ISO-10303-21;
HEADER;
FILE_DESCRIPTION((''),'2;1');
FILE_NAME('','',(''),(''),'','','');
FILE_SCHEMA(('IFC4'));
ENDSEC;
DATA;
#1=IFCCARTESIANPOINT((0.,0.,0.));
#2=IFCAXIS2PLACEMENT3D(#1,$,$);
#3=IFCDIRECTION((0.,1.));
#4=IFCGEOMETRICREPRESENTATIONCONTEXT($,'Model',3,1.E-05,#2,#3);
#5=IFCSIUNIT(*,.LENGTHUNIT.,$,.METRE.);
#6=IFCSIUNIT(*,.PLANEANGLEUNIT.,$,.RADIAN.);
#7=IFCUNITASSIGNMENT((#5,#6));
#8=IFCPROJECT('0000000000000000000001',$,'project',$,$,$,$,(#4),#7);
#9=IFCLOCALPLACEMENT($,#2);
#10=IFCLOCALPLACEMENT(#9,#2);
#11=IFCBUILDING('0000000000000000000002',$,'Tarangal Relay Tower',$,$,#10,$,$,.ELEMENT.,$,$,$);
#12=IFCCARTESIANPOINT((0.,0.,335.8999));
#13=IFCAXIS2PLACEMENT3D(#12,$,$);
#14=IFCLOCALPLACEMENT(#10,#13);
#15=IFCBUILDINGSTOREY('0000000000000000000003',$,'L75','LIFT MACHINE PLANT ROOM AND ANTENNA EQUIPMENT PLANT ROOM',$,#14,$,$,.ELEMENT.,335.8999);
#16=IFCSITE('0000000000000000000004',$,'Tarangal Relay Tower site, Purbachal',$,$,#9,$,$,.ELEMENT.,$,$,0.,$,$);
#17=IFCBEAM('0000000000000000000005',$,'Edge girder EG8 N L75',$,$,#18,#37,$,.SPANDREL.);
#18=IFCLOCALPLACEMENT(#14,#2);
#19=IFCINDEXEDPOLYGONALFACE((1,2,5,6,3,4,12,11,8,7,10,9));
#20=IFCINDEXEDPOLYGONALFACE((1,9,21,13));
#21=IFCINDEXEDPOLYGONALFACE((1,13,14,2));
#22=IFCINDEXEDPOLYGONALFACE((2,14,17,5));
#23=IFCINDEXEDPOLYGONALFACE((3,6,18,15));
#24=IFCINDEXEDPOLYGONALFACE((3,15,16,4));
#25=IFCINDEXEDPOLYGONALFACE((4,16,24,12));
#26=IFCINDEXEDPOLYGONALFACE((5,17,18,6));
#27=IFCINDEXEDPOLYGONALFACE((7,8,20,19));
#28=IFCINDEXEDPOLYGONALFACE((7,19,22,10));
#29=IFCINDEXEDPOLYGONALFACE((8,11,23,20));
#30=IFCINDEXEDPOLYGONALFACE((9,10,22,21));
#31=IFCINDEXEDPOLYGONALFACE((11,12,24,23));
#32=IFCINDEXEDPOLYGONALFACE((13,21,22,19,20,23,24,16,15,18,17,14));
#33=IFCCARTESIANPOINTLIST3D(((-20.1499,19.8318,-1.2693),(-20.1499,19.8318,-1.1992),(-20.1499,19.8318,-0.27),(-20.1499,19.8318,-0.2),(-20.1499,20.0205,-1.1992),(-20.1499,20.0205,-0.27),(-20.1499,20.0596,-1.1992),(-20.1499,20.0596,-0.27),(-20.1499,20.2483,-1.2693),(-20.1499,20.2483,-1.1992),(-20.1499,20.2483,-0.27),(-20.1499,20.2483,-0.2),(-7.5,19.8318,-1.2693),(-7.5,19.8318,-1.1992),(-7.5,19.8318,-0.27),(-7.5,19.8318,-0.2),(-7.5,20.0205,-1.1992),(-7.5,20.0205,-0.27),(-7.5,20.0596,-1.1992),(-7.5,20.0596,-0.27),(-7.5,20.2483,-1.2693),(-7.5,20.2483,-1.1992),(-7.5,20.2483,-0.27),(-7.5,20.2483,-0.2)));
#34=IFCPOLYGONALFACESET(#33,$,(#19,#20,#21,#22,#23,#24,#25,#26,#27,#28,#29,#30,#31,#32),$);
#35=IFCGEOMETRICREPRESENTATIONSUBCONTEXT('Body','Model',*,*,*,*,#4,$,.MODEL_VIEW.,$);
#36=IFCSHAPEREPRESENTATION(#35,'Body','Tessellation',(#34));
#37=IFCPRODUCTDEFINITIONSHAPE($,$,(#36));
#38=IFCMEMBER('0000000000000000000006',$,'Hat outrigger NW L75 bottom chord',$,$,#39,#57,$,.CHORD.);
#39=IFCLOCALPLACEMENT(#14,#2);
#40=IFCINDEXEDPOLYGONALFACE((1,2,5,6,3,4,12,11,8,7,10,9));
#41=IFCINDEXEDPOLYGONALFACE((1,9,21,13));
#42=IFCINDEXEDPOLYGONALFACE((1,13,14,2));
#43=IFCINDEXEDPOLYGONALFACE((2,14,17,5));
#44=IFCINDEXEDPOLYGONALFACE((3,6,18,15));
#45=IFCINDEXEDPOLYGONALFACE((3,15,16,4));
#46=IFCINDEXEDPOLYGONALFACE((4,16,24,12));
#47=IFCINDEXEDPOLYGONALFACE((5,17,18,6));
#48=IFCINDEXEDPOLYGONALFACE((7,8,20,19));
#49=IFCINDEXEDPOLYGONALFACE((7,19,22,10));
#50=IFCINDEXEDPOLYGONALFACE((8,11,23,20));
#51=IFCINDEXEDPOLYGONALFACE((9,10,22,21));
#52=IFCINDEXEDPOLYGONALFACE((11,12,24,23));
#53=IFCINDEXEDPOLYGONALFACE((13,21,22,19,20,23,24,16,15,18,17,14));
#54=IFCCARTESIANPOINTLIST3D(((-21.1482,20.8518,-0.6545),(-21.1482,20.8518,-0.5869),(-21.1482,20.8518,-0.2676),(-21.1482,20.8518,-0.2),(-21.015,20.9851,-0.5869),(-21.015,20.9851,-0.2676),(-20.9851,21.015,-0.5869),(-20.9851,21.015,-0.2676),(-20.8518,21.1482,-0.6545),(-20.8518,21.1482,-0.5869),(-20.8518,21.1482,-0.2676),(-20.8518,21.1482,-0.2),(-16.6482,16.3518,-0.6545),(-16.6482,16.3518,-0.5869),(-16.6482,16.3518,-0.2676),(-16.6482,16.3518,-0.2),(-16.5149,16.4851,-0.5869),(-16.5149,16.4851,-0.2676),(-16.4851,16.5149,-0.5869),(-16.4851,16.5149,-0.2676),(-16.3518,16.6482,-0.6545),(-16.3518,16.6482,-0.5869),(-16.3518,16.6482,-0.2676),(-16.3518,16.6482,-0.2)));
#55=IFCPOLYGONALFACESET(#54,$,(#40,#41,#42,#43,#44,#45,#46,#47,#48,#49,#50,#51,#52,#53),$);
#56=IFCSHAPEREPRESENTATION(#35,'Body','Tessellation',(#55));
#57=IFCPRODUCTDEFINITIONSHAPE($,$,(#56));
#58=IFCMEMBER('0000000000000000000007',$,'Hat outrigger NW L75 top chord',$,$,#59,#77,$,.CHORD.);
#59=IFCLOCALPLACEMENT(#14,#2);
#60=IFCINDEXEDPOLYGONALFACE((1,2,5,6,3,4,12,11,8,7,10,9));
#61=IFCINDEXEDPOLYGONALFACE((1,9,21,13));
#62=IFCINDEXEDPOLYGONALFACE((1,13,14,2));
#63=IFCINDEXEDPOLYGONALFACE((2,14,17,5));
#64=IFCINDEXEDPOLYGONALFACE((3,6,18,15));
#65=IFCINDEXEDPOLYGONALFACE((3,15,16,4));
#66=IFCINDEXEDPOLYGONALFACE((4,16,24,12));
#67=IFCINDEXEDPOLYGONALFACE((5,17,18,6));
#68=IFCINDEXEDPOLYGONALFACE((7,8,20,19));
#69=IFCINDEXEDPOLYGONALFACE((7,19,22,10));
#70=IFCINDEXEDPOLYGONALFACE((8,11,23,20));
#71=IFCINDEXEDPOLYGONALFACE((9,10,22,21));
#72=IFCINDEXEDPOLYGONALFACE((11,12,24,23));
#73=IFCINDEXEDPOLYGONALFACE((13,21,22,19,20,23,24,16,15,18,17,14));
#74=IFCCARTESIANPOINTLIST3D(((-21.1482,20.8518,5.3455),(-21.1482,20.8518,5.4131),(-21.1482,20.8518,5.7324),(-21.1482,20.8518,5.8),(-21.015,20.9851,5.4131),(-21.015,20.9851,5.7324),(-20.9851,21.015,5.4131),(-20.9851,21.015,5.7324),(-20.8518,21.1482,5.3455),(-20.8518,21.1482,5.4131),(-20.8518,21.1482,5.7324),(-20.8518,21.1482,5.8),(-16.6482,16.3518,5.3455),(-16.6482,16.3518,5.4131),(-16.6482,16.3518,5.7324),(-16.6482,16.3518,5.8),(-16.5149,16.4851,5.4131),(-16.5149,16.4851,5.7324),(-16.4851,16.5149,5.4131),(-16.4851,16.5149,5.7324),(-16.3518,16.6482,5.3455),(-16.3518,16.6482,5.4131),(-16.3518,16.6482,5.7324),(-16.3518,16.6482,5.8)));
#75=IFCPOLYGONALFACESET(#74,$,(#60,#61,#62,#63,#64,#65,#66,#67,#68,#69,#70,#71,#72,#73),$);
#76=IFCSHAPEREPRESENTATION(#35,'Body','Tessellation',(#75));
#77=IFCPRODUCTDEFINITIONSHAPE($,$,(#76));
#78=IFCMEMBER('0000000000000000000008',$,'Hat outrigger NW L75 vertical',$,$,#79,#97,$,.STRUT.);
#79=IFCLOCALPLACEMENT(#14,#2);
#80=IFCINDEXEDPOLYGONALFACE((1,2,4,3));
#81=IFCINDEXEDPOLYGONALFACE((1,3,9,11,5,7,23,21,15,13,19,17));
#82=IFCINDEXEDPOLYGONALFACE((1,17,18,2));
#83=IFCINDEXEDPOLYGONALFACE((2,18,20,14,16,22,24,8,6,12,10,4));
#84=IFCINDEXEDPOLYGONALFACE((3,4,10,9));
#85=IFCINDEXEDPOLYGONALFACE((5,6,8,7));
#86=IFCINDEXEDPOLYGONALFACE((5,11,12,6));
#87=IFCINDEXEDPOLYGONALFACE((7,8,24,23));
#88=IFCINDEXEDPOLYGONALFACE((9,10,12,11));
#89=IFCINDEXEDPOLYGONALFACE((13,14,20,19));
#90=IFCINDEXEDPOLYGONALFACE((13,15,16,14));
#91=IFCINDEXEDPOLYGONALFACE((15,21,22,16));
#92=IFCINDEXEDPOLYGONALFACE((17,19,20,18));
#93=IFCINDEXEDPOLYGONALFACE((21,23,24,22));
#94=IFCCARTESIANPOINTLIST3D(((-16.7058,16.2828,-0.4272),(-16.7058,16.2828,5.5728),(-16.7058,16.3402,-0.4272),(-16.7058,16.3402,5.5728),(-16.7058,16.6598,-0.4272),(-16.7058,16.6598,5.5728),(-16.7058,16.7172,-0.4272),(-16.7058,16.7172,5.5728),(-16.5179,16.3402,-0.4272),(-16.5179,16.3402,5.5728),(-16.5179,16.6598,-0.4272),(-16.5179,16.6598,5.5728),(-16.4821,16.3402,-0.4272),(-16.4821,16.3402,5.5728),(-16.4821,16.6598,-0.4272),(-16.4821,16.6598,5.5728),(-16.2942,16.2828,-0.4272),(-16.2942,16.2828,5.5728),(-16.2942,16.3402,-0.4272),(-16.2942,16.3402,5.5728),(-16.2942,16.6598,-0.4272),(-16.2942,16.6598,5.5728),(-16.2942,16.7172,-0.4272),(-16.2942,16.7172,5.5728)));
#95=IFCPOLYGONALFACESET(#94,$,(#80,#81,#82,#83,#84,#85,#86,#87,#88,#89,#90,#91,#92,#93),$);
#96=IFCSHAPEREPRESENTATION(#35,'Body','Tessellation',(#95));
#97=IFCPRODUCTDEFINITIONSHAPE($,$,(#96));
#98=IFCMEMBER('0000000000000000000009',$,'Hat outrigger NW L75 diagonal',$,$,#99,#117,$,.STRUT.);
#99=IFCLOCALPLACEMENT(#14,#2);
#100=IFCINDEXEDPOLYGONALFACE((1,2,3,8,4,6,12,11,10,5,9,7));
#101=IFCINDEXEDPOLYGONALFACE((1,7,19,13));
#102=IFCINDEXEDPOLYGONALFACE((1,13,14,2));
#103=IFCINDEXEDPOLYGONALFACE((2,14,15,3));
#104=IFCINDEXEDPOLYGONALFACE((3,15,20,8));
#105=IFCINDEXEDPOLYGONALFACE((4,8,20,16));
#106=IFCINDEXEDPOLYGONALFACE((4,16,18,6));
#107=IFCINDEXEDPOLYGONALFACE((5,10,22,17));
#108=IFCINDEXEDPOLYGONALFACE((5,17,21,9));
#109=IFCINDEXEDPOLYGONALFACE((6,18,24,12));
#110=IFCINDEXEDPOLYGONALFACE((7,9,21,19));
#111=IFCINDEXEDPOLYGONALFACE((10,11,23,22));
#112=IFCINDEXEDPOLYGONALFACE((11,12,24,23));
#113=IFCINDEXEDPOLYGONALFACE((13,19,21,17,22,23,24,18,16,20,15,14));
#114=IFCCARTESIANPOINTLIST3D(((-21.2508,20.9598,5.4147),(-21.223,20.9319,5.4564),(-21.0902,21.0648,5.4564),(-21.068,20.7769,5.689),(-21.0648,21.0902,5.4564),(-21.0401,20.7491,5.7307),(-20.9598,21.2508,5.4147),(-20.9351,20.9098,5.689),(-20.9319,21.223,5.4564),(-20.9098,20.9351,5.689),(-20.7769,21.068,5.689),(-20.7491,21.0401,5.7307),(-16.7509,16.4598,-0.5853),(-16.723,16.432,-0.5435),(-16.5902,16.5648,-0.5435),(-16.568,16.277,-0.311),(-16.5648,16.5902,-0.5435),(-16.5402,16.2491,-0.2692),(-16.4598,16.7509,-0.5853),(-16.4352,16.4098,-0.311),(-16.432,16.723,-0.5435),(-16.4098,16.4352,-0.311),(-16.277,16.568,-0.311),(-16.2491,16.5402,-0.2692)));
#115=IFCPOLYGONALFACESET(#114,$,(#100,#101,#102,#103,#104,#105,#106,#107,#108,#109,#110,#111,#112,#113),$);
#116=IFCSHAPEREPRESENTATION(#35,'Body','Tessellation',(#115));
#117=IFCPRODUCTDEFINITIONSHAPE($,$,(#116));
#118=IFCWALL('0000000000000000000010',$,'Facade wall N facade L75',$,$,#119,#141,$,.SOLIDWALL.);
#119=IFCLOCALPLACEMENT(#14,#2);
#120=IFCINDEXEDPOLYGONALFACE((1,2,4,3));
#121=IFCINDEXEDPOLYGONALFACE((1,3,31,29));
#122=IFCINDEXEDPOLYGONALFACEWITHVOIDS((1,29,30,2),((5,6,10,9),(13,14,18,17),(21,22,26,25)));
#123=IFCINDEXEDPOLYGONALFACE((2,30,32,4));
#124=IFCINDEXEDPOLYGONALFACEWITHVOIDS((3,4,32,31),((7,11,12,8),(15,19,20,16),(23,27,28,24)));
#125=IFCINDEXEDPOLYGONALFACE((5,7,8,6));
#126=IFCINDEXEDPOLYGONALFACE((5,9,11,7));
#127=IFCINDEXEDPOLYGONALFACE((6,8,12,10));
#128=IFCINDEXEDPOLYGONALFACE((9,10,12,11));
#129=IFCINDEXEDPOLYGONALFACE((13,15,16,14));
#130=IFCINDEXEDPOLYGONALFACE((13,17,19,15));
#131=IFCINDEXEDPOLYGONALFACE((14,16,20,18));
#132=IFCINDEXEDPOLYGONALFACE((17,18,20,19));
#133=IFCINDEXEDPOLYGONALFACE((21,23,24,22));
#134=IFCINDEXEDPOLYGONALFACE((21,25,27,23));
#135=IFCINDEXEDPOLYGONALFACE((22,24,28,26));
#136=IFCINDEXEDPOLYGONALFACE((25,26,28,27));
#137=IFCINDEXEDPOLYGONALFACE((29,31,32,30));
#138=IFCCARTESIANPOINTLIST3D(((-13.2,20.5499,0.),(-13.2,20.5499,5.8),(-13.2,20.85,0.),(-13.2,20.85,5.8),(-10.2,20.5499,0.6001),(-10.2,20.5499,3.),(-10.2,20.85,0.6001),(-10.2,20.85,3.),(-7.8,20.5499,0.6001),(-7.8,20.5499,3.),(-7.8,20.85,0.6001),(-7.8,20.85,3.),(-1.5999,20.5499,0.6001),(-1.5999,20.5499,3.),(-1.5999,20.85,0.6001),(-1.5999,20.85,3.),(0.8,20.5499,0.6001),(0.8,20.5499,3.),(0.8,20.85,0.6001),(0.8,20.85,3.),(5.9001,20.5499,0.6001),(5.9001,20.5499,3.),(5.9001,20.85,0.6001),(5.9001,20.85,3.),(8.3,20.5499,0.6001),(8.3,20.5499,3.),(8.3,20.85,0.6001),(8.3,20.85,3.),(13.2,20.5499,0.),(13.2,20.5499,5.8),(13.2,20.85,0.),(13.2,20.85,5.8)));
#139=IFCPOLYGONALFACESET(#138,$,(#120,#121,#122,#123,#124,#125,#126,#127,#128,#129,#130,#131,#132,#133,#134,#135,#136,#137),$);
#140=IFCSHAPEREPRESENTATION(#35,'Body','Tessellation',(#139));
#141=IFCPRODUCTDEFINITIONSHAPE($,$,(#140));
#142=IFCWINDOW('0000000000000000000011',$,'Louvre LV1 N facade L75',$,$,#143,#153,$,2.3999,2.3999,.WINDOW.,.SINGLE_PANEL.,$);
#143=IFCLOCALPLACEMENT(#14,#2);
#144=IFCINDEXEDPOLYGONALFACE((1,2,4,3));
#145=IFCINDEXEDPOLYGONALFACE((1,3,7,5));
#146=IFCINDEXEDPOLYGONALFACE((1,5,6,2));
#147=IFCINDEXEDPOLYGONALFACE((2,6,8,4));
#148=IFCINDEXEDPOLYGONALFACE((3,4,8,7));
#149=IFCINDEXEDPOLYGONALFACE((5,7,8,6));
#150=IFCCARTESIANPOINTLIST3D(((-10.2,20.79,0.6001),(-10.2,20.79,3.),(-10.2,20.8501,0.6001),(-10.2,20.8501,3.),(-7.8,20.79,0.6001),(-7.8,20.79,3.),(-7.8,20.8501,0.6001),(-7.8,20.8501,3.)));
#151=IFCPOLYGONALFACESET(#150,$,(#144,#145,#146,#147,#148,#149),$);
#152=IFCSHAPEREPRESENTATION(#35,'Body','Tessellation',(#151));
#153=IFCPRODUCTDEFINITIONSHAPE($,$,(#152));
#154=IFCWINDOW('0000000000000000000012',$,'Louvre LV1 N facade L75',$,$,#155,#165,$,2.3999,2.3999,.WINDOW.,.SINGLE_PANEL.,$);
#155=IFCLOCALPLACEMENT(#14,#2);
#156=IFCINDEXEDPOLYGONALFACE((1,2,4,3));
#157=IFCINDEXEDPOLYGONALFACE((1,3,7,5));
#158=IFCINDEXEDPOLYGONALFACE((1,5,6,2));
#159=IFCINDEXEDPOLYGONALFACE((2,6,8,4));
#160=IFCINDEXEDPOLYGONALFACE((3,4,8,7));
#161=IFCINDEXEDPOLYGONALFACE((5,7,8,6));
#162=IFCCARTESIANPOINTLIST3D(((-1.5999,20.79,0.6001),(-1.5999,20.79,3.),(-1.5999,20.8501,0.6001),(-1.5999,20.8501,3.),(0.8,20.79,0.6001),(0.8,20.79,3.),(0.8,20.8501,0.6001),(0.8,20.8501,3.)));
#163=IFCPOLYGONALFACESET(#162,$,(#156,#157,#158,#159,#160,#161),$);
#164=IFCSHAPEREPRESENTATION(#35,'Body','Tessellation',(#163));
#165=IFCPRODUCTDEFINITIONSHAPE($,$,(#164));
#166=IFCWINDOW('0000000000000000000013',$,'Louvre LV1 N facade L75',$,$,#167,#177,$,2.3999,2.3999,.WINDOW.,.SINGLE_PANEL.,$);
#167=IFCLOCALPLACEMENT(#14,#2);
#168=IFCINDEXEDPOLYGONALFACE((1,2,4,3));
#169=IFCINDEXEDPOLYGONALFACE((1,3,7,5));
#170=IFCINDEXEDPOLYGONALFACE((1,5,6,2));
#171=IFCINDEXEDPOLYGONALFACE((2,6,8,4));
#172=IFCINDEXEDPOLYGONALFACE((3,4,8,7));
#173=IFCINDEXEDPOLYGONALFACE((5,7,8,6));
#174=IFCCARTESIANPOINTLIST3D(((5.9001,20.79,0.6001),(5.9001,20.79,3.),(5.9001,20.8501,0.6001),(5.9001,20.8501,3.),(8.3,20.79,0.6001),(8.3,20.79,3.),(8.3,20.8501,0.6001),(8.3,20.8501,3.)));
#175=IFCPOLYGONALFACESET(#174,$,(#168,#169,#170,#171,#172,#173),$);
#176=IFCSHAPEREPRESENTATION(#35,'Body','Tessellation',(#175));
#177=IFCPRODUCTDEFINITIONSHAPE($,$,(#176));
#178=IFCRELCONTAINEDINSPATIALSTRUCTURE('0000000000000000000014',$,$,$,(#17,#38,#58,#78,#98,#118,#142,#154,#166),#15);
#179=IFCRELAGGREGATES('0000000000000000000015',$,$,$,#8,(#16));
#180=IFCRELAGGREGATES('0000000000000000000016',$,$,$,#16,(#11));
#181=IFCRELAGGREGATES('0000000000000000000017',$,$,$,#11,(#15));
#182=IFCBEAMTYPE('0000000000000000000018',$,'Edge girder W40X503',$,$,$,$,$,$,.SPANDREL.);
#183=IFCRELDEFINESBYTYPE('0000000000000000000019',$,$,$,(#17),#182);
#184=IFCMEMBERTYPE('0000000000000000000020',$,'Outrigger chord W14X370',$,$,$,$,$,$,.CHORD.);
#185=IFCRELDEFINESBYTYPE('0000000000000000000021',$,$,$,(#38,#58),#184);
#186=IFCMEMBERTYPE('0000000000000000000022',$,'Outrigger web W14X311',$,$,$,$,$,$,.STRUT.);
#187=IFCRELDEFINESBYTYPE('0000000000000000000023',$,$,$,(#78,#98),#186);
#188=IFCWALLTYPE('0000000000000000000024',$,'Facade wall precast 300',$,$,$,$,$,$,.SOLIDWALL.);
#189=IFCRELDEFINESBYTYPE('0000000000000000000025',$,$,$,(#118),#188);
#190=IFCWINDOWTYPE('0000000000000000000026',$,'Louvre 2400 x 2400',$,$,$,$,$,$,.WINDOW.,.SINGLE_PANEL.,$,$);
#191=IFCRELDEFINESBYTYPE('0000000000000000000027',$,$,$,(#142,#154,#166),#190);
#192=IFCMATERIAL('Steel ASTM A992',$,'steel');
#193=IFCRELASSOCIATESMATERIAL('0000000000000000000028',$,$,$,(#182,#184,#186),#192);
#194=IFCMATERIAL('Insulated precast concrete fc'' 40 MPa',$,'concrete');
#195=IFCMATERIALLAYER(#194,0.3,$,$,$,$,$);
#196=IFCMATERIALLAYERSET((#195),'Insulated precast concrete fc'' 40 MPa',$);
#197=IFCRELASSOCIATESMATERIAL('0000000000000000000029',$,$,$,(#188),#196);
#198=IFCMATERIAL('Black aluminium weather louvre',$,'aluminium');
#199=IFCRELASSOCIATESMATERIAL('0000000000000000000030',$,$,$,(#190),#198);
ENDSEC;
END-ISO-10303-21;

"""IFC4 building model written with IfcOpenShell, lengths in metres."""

from ifc_helpers import new_model, si_unit, direction, frame, frame_2d, origin, origin_2d, place, context, subcontext, project, spatial, rectangle, i_section, extrude, material, layer, layer_set, material_profile, profile_set, type_object, element, fill, save


model = new_model("IFC4")

# Units and contexts
model_context = context("Model", 3, precision=1e-05, world=origin(), true_north=direction((0.0, 1.0)))
body_context = subcontext(model_context, "Body", "Model", "MODEL_VIEW")
ifc_project = project(units=[si_unit("LENGTHUNIT", "METRE"), si_unit("PLANEANGLEUNIT", "RADIAN")], contexts=[model_context])

# Site, building, storey
site_placement = place(None, origin())
site = spatial("IfcSite", under=ifc_project, at=site_placement, Name="Tarangal Relay Tower site, Purbachal", CompositionType="ELEMENT", RefElevation=0.0)
building_placement = place(site_placement, origin())
building = spatial("IfcBuilding", under=site, at=building_placement, Name="Tarangal Relay Tower", CompositionType="ELEMENT")
storey_placement = place(building_placement, frame((0.0, 0.0, 335.8999)))
storey = spatial("IfcBuildingStorey", under=building, at=storey_placement, Name="L75", Description="LIFT MACHINE PLANT ROOM AND ANTENNA EQUIPMENT PLANT ROOM", CompositionType="ELEMENT", Elevation=335.8999)

# Shared definitions
ifc_material_1 = material(Name="Steel ASTM A992", Category="steel")

# Beam
ifc_material_profile_1 = material_profile(ifc_material_1, i_section(OverallWidth=0.4165, OverallDepth=1.0693, WebThickness=0.0391, FlangeThickness=0.0701, at=origin_2d()), Name="W40X503")
ifc_profile_set_1 = profile_set([ifc_material_profile_1], Name="Steel ASTM A992")
beam_type_1 = type_object("IfcBeamType", Name="Edge girder W40X503", PredefinedType="SPANDREL", material=ifc_profile_set_1)
beam_placement = place(storey_placement, frame((-20.1499, 20.04, -0.7346), z_axis=(1.0, 0.0, 0.0), x_axis=(0.0, 1.0, 0.0)))
element("IfcBeam", 1, at=beam_placement, inside=storey, type_object=beam_type_1, Name="Edge girder EG8 N L75", PredefinedType="SPANDREL", context=body_context, shape_type="SweptSolid", body=[
    extrude(i_section(OverallWidth=0.4165, OverallDepth=1.0693, WebThickness=0.0391, FlangeThickness=0.0701, at=origin_2d()), origin(), (0.0, 0.0, 1.0), 12.6499),
])

# Members
ifc_material_profile_2 = material_profile(ifc_material_1, i_section(OverallWidth=0.4192, OverallDepth=0.4546, WebThickness=0.0422, FlangeThickness=0.0676, at=origin_2d()), Name="W14X370")
ifc_profile_set_2 = profile_set([ifc_material_profile_2], Name="Steel ASTM A992")
member_type_1 = type_object("IfcMemberType", Name="Outrigger chord W14X370", PredefinedType="CHORD", material=ifc_profile_set_2)
for number, where, z_axis, x_axis, name in (
    (2, (-16.5, 16.5, -0.4272), (-0.707107, 0.707107, 0.0), (-0.707107, -0.707107, 0.0), "Hat outrigger NW L75 bottom chord"),
    (3, (-16.5, 16.5, 5.5728), (-0.707107, 0.707107, 0.0), (-0.707107, -0.707107, 0.0), "Hat outrigger NW L75 top chord"),
):
    element("IfcMember", number, at=place(storey_placement, frame(where, z_axis=z_axis, x_axis=x_axis)), inside=storey, type_object=member_type_1, Name=name, PredefinedType="CHORD", context=body_context, shape_type="SweptSolid", body=[
        extrude(i_section(OverallWidth=0.4192, OverallDepth=0.4546, WebThickness=0.0422, FlangeThickness=0.0676, at=origin_2d()), origin(), (0.0, 0.0, 1.0), 6.364),
    ])
ifc_material_profile_3 = material_profile(ifc_material_1, i_section(OverallWidth=0.4116, OverallDepth=0.4343, WebThickness=0.0359, FlangeThickness=0.0574, at=origin_2d()), Name="W14X311")
ifc_profile_set_3 = profile_set([ifc_material_profile_3], Name="Steel ASTM A992")
member_type_2 = type_object("IfcMemberType", Name="Outrigger web W14X311", PredefinedType="STRUT", material=ifc_profile_set_3)
member_1_placement = place(storey_placement, frame((-16.5, 16.5, -0.4272), z_axis=(0.0, 0.0, 1.0), x_axis=(1.0, 0.0, 0.0)))
element("IfcMember", 4, at=member_1_placement, inside=storey, type_object=member_type_2, Name="Hat outrigger NW L75 vertical", PredefinedType="STRUT", context=body_context, shape_type="SweptSolid", body=[
    extrude(i_section(OverallWidth=0.4116, OverallDepth=0.4343, WebThickness=0.0359, FlangeThickness=0.0574, at=origin_2d()), origin(), (0.0, 0.0, 1.0), 6.0),
])
member_2_placement = place(storey_placement, frame((-16.5, 16.5, -0.4272), z_axis=(-0.514496, 0.514496, 0.685994), x_axis=(-0.707107, -0.707107, 0.0)))
element("IfcMember", 5, at=member_2_placement, inside=storey, type_object=member_type_2, Name="Hat outrigger NW L75 diagonal", PredefinedType="STRUT", context=body_context, shape_type="SweptSolid", body=[
    extrude(i_section(OverallWidth=0.4116, OverallDepth=0.4343, WebThickness=0.0359, FlangeThickness=0.0574, at=origin_2d()), origin(), (0.0, 0.0, 1.0), 8.7463),
])

# Wall, openings, windows
ifc_material_2 = material(Name="Insulated precast concrete fc' 40 MPa", Category="concrete")
ifc_layer_1 = layer(ifc_material_2, 0.3)
ifc_layer_set_1 = layer_set([ifc_layer_1], Name="Insulated precast concrete fc' 40 MPa")
wall_type_1 = type_object("IfcWallType", Name="Facade wall precast 300", PredefinedType="SOLIDWALL", material=ifc_layer_set_1)
wall_1_placement = place(storey_placement, frame((-13.2, 20.7, 0.0), z_axis=(0.0, 0.0, 1.0), x_axis=(1.0, 0.0, 0.0)))
wall_1 = element("IfcWall", 6, at=wall_1_placement, inside=storey, type_object=wall_type_1, Name="Facade wall N facade L75", PredefinedType="SOLIDWALL", context=body_context, shape_type="SweptSolid", body=[
    extrude(rectangle(XDim=26.3999, YDim=0.3, at=frame_2d((13.2, 0.0))), origin(), (0.0, 0.0, 1.0), 5.8),
])
opening_1_placement = place(wall_1_placement, frame((3.0, 0.0, 0.6001)))
opening_1 = element("IfcOpeningElement", 7, at=opening_1_placement, cuts=wall_1, PredefinedType="OPENING", context=body_context, shape_type="SweptSolid", body=[
    extrude(rectangle(XDim=2.3999, YDim=2.3999, at=frame_2d((1.2, 1.2))), frame((0.0, 0.1599, 0.0), z_axis=(0.0, -1.0, 0.0), x_axis=(1.0, 0.0, 0.0)), (0.0, 0.0, 1.0), 0.3201),
])
opening_2_placement = place(wall_1_placement, frame((11.6001, 0.0, 0.6001)))
opening_2 = element("IfcOpeningElement", 8, at=opening_2_placement, cuts=wall_1, PredefinedType="OPENING", context=body_context, shape_type="SweptSolid", body=[
    extrude(rectangle(XDim=2.3999, YDim=2.3999, at=frame_2d((1.2, 1.2))), frame((0.0, 0.1599, 0.0), z_axis=(0.0, -1.0, 0.0), x_axis=(1.0, 0.0, 0.0)), (0.0, 0.0, 1.0), 0.3201),
])
opening_3_placement = place(wall_1_placement, frame((19.1001, 0.0, 0.6001)))
opening_3 = element("IfcOpeningElement", 9, at=opening_3_placement, cuts=wall_1, PredefinedType="OPENING", context=body_context, shape_type="SweptSolid", body=[
    extrude(rectangle(XDim=2.3999, YDim=2.3999, at=frame_2d((1.2, 1.2))), frame((0.0, 0.1599, 0.0), z_axis=(0.0, -1.0, 0.0), x_axis=(1.0, 0.0, 0.0)), (0.0, 0.0, 1.0), 0.3201),
])
ifc_material_3 = material(Name="Black aluminium weather louvre", Category="aluminium")
window_type = type_object("IfcWindowType", Name="Louvre 2400 x 2400", PartitioningType="SINGLE_PANEL", PredefinedType="WINDOW", material=ifc_material_3)
window_1_placement = place(opening_1_placement, origin())
window_1 = element("IfcWindow", 10, at=window_1_placement, inside=storey, type_object=window_type, Name="Louvre LV1 N facade L75", OverallHeight=2.3999, OverallWidth=2.3999, PartitioningType="SINGLE_PANEL", PredefinedType="WINDOW", context=body_context, shape_type="SweptSolid", body=[
    extrude(rectangle(XDim=2.3999, YDim=2.3999, at=frame_2d((1.2, 1.2))), frame((0.0, 0.1501, 0.0), z_axis=(0.0, -1.0, 0.0), x_axis=(1.0, 0.0, 0.0)), (0.0, 0.0, 1.0), 0.0601),
])
fill(opening_1, window_1)
window_2_placement = place(opening_2_placement, origin())
window_2 = element("IfcWindow", 11, at=window_2_placement, inside=storey, type_object=window_type, Name="Louvre LV1 N facade L75", OverallHeight=2.3999, OverallWidth=2.3999, PartitioningType="SINGLE_PANEL", PredefinedType="WINDOW", context=body_context, shape_type="SweptSolid", body=[
    extrude(rectangle(XDim=2.3999, YDim=2.3999, at=frame_2d((1.2, 1.2))), frame((0.0, 0.1501, 0.0), z_axis=(0.0, -1.0, 0.0), x_axis=(1.0, 0.0, 0.0)), (0.0, 0.0, 1.0), 0.0601),
])
fill(opening_2, window_2)
window_3_placement = place(opening_3_placement, origin())
window_3 = element("IfcWindow", 12, at=window_3_placement, inside=storey, type_object=window_type, Name="Louvre LV1 N facade L75", OverallHeight=2.3999, OverallWidth=2.3999, PartitioningType="SINGLE_PANEL", PredefinedType="WINDOW", context=body_context, shape_type="SweptSolid", body=[
    extrude(rectangle(XDim=2.3999, YDim=2.3999, at=frame_2d((1.2, 1.2))), frame((0.0, 0.1501, 0.0), z_axis=(0.0, -1.0, 0.0), x_axis=(1.0, 0.0, 0.0)), (0.0, 0.0, 1.0), 0.0601),
])
fill(opening_3, window_3)

save(model, "model.ifc")
